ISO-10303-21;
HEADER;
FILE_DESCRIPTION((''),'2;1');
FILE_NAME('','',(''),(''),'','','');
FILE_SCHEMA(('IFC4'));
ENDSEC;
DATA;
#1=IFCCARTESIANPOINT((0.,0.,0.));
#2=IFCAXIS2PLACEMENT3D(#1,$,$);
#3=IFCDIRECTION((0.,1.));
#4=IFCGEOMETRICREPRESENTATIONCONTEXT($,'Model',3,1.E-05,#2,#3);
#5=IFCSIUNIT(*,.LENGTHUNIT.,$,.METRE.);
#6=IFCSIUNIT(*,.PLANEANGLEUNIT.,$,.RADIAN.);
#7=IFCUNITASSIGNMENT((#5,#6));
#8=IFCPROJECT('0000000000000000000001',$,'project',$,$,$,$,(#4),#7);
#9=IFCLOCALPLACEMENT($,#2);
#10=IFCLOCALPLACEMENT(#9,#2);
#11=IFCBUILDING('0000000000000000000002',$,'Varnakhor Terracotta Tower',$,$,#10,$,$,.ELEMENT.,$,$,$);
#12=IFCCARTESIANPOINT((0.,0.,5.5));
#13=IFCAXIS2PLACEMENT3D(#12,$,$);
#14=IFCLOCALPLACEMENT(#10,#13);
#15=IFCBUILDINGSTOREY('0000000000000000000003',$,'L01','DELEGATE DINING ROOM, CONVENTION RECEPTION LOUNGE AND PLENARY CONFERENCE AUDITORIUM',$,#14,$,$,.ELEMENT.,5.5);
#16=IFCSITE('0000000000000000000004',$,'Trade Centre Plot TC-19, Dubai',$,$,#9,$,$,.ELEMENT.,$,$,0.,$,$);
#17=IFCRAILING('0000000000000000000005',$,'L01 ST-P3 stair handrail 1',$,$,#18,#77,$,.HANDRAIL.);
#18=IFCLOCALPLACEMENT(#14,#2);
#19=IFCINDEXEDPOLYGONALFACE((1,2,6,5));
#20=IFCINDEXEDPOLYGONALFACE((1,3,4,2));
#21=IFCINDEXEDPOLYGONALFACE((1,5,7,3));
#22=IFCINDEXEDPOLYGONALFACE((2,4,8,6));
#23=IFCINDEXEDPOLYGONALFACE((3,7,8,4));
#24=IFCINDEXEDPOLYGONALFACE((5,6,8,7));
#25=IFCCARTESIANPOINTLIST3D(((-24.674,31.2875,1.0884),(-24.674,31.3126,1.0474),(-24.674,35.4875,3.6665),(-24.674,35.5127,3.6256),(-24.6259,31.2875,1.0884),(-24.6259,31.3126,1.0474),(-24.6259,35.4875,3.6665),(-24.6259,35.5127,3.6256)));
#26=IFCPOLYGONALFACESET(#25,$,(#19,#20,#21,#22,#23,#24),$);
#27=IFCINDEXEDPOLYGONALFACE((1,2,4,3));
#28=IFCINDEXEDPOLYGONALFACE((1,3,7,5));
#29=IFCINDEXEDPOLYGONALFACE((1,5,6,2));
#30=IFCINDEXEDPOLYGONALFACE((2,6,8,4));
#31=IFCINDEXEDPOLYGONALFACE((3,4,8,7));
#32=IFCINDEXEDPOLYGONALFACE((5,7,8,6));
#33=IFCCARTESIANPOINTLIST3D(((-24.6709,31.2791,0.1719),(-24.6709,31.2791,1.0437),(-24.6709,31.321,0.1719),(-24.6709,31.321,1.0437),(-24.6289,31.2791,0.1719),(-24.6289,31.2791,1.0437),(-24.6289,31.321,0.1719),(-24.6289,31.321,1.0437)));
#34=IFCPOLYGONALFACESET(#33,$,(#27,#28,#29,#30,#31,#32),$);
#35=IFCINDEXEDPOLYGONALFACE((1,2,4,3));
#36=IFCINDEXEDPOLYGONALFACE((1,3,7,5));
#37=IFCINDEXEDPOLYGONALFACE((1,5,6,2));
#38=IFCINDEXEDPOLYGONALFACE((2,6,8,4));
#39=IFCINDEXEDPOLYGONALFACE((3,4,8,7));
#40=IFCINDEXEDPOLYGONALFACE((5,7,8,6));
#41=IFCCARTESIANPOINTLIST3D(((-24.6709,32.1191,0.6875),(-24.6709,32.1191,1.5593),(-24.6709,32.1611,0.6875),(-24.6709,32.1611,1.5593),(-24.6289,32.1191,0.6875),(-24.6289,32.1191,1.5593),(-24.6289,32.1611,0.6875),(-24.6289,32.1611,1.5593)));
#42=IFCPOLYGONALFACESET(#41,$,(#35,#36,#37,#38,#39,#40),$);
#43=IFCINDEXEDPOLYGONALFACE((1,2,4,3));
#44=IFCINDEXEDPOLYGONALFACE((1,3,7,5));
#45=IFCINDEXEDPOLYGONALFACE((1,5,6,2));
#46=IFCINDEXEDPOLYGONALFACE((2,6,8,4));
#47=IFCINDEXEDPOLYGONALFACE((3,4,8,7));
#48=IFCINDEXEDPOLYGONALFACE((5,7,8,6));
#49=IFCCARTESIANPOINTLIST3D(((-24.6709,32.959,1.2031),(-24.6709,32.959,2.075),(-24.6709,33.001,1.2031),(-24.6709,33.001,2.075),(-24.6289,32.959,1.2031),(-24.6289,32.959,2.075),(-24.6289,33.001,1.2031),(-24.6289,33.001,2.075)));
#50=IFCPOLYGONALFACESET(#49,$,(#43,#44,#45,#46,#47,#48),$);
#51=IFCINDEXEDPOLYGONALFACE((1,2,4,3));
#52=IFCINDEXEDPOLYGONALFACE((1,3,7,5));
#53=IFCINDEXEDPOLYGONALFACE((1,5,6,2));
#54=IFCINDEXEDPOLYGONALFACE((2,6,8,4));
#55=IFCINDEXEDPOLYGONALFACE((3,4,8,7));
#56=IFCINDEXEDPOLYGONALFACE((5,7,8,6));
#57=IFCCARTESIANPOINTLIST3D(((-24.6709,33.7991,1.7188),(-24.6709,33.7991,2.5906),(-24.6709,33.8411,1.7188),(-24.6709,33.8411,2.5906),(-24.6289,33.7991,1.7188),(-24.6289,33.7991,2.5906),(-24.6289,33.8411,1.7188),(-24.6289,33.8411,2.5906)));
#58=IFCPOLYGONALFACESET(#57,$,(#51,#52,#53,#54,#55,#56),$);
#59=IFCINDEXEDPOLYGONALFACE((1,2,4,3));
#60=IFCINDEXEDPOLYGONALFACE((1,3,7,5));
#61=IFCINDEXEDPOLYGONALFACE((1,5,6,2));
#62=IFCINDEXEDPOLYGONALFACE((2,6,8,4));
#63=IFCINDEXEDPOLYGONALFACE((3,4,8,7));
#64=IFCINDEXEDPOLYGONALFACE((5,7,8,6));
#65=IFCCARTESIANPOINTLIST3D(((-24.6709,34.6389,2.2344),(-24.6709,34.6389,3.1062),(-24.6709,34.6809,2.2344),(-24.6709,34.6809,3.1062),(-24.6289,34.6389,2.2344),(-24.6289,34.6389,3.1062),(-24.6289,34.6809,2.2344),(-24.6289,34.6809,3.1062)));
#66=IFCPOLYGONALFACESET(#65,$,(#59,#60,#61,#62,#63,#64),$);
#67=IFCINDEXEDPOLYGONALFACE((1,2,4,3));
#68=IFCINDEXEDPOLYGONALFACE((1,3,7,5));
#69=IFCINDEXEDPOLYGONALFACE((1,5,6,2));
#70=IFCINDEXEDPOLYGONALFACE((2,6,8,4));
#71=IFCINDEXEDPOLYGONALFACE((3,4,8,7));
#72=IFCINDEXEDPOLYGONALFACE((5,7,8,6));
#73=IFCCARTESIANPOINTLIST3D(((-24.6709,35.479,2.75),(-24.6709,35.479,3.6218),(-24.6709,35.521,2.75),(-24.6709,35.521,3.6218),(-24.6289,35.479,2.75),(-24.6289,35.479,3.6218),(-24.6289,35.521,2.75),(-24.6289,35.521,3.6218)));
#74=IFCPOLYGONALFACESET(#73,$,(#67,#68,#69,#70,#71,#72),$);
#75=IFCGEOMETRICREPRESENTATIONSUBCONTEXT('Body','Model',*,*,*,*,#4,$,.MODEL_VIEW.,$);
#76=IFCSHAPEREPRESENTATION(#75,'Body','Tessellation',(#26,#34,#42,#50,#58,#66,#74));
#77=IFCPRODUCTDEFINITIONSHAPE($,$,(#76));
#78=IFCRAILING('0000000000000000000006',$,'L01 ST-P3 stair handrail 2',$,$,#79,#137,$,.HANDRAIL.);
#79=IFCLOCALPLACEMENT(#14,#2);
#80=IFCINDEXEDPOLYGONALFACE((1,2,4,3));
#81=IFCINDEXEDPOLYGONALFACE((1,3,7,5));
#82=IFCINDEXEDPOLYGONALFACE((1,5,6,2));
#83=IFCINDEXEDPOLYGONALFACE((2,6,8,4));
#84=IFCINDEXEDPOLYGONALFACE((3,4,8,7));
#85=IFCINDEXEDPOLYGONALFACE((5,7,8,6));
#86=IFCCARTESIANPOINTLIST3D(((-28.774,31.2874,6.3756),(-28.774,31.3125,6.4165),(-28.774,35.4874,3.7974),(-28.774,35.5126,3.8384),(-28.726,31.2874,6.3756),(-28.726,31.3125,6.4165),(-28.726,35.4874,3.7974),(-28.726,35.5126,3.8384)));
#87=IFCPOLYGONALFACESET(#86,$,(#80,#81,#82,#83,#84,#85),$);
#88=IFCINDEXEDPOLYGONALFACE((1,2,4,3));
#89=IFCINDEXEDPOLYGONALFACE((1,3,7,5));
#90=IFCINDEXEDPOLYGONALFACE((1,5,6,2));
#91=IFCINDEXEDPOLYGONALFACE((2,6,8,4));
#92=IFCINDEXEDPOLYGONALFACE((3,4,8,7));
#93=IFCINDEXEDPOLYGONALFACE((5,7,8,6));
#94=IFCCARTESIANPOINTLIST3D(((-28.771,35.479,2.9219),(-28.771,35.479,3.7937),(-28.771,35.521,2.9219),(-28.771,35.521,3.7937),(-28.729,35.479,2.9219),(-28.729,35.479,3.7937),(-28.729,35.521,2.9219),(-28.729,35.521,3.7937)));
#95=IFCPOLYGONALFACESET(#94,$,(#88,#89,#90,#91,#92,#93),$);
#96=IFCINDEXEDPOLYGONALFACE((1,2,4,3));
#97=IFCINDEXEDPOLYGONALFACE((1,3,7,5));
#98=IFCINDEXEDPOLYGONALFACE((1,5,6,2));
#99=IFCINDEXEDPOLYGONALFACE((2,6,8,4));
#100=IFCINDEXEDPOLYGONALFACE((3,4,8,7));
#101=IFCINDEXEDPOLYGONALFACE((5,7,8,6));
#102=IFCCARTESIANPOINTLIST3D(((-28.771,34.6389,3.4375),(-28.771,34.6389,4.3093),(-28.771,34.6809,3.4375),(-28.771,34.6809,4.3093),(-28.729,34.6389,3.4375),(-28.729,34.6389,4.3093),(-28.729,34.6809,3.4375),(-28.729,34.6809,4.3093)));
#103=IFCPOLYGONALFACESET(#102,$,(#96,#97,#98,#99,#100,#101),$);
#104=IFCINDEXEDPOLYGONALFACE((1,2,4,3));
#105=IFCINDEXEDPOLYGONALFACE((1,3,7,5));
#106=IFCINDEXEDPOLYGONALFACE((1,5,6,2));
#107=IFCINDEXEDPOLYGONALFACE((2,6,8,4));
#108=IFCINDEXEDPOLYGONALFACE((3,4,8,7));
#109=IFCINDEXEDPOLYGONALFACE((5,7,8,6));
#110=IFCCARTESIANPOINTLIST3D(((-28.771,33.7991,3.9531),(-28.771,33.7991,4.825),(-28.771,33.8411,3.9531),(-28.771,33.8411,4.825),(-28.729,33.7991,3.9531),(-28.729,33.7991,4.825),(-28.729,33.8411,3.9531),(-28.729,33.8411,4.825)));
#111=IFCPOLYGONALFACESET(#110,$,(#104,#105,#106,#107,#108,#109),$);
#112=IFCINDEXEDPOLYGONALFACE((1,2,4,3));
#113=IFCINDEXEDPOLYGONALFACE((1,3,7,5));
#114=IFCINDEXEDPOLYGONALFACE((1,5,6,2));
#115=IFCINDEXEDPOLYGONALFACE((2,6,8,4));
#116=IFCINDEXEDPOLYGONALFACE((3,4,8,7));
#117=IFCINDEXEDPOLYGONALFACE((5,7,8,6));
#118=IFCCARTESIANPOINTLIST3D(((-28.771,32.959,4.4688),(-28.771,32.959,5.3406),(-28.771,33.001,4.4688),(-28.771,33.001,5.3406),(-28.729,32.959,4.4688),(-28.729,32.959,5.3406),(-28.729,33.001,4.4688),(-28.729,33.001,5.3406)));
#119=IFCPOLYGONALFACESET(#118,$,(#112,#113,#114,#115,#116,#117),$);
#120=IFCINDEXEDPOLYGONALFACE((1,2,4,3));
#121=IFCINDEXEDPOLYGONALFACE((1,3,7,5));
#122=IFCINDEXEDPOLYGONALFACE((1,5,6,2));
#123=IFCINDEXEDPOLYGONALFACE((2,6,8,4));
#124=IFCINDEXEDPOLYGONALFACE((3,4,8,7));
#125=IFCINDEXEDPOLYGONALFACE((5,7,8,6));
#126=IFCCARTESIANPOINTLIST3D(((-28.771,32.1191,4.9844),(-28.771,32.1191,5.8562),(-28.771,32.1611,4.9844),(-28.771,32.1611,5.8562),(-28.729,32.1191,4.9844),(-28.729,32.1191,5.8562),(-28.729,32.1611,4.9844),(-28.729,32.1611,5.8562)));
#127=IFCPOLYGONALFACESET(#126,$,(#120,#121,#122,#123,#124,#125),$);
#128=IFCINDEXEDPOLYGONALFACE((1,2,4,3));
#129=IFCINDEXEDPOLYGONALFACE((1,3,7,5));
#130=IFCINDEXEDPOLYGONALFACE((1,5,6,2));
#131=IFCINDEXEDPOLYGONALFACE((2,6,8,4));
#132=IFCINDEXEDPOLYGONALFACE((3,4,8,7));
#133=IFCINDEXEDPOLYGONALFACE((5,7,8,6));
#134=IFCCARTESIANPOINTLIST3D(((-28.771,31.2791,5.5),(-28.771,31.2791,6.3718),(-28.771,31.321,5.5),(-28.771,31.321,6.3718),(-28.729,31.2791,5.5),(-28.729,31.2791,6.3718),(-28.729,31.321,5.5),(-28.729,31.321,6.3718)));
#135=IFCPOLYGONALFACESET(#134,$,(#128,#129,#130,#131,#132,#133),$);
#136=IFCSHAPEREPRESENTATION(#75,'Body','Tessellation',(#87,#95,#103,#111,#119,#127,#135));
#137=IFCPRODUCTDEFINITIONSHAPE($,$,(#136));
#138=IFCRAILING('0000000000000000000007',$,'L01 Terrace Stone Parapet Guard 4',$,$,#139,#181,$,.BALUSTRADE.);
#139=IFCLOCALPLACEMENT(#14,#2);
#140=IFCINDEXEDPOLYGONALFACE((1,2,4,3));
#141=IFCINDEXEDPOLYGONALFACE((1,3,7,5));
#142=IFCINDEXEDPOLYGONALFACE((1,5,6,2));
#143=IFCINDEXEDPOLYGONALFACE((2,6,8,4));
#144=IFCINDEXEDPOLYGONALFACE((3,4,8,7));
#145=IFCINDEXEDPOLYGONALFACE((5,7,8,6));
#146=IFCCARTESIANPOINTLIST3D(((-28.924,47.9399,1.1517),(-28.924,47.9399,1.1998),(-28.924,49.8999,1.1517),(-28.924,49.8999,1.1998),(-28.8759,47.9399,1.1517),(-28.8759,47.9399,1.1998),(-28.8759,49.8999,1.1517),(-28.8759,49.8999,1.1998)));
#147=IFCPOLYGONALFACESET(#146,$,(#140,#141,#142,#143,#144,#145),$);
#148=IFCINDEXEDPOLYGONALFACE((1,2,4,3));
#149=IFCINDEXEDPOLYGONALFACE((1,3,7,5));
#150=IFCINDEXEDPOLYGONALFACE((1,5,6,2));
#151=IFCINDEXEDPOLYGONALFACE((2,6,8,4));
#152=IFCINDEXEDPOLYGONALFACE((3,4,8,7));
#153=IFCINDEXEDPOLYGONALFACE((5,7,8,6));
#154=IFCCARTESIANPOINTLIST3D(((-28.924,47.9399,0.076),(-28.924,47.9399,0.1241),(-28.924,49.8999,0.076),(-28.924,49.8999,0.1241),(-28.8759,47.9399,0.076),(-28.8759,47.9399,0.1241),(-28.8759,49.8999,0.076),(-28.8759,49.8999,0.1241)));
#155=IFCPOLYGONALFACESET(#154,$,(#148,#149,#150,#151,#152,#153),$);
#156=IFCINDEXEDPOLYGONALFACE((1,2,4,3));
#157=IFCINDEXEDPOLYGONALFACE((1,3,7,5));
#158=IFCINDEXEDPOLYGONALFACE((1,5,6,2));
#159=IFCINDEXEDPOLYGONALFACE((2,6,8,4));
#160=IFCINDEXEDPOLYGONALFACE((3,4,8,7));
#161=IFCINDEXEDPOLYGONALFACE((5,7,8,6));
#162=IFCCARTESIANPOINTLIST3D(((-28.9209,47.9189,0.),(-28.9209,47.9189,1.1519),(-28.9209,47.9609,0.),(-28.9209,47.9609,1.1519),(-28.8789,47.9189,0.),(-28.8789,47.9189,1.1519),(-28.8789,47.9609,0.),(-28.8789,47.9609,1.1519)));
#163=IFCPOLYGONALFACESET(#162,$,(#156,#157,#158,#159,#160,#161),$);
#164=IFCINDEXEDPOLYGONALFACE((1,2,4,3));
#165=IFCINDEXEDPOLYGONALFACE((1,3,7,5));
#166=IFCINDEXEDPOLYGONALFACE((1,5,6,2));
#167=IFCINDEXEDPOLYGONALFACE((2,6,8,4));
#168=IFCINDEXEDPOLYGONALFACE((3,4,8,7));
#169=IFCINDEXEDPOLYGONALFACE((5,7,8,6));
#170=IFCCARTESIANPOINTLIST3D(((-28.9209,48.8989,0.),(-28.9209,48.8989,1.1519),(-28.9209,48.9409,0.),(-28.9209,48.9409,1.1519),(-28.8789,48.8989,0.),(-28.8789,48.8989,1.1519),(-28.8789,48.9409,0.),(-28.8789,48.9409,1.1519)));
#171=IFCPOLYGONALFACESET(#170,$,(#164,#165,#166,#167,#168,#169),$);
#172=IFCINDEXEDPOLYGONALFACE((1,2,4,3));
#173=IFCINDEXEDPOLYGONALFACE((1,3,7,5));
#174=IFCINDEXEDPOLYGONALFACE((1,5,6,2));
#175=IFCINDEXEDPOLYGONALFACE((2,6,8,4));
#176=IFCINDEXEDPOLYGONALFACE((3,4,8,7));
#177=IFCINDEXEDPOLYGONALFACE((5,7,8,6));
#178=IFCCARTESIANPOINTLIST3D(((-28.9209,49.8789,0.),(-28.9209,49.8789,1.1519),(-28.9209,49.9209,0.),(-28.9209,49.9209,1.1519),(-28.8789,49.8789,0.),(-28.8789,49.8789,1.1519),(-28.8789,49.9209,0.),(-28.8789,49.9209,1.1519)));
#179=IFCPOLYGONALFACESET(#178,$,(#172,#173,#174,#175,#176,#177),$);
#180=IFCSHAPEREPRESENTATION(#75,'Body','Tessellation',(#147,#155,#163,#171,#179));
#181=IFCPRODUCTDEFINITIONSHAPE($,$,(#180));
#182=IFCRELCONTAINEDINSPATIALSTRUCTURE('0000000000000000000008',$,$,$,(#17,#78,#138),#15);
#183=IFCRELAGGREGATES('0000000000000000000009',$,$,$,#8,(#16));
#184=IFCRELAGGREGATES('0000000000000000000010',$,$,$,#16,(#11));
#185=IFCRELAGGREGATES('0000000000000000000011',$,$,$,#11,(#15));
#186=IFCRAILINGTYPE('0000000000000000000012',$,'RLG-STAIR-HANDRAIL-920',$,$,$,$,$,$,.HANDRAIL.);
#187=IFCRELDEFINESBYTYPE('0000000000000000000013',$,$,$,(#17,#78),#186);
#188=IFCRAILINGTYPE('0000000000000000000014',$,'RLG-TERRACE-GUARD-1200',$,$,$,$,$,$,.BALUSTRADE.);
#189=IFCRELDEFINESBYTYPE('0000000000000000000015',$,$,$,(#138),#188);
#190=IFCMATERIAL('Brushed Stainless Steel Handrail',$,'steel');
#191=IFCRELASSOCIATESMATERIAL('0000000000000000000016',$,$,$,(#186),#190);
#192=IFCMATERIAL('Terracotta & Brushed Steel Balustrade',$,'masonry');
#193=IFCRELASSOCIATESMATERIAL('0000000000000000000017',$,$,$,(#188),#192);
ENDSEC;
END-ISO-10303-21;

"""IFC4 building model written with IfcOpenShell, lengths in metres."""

from ifc_helpers import new_model, si_unit, direction, frame, origin, origin_2d, place, context, subcontext, project, spatial, rectangle, extrude, material, type_object, element, save


model = new_model("IFC4")

# Units and contexts
model_context = context("Model", 3, precision=1e-05, world=origin(), true_north=direction((0.0, 1.0)))
body_context = subcontext(model_context, "Body", "Model", "MODEL_VIEW")
ifc_project = project(units=[si_unit("LENGTHUNIT", "METRE"), si_unit("PLANEANGLEUNIT", "RADIAN")], contexts=[model_context])

# Site, building, storey
site_placement = place(None, origin())
site = spatial("IfcSite", under=ifc_project, at=site_placement, Name="Trade Centre Plot TC-19, Dubai", CompositionType="ELEMENT", RefElevation=0.0)
building_placement = place(site_placement, origin())
building = spatial("IfcBuilding", under=site, at=building_placement, Name="Varnakhor Terracotta Tower", CompositionType="ELEMENT")
storey_placement = place(building_placement, frame((0.0, 0.0, 5.5)))
storey = spatial("IfcBuildingStorey", under=building, at=storey_placement, Name="L01", Description="DELEGATE DINING ROOM, CONVENTION RECEPTION LOUNGE AND PLENARY CONFERENCE AUDITORIUM", CompositionType="ELEMENT", Elevation=5.5)

# Railings
ifc_material_1 = material(Name="Brushed Stainless Steel Handrail", Category="steel")
railing_type_1 = type_object("IfcRailingType", Name="RLG-STAIR-HANDRAIL-920", PredefinedType="HANDRAIL", material=ifc_material_1)
railing_1_placement = place(storey_placement, frame((-24.6499, 31.3, 0.1719)))
element("IfcRailing", 1, at=railing_1_placement, inside=storey, type_object=railing_type_1, Name="L01 ST-P3 stair handrail 1", PredefinedType="HANDRAIL", context=body_context, shape_type="SweptSolid", body=[
    extrude(rectangle(XDim=0.0481, YDim=0.0481, at=origin_2d()), frame((0.0, 0.0, 0.896), z_axis=(0.0, 0.852243, 0.523146), x_axis=(-1.0, 0.0, 0.0)), (0.0, 0.0, 1.0), 4.9282),
    extrude(rectangle(XDim=0.042, YDim=0.042, at=origin_2d()), origin(), (0.0, 0.0, 1.0), 0.8718),
    extrude(rectangle(XDim=0.042, YDim=0.042, at=origin_2d()), frame((0.0, 0.8401, 0.5156)), (0.0, 0.0, 1.0), 0.8718),
    extrude(rectangle(XDim=0.042, YDim=0.042, at=origin_2d()), frame((0.0, 1.6799, 1.0312)), (0.0, 0.0, 1.0), 0.8718),
    extrude(rectangle(XDim=0.042, YDim=0.042, at=origin_2d()), frame((0.0, 2.52, 1.5469)), (0.0, 0.0, 1.0), 0.8718),
    extrude(rectangle(XDim=0.042, YDim=0.042, at=origin_2d()), frame((0.0, 3.3599, 2.0625)), (0.0, 0.0, 1.0), 0.8718),
    extrude(rectangle(XDim=0.042, YDim=0.042, at=origin_2d()), frame((0.0, 4.2, 2.5781)), (0.0, 0.0, 1.0), 0.8718),
])
railing_2_placement = place(storey_placement, frame((-28.75, 35.5, 2.9219)))
element("IfcRailing", 2, at=railing_2_placement, inside=storey, type_object=railing_type_1, Name="L01 ST-P3 stair handrail 2", PredefinedType="HANDRAIL", context=body_context, shape_type="SweptSolid", body=[
    extrude(rectangle(XDim=0.0481, YDim=0.0481, at=origin_2d()), frame((0.0, 0.0, 0.896), z_axis=(0.0, -0.852243, 0.523146), x_axis=(1.0, 0.0, 0.0)), (0.0, 0.0, 1.0), 4.9282),
    extrude(rectangle(XDim=0.042, YDim=0.042, at=origin_2d()), origin(), (0.0, 0.0, 1.0), 0.8718),
    extrude(rectangle(XDim=0.042, YDim=0.042, at=origin_2d()), frame((0.0, -0.8401, 0.5156)), (0.0, 0.0, 1.0), 0.8718),
    extrude(rectangle(XDim=0.042, YDim=0.042, at=origin_2d()), frame((0.0, -1.6799, 1.0312)), (0.0, 0.0, 1.0), 0.8718),
    extrude(rectangle(XDim=0.042, YDim=0.042, at=origin_2d()), frame((0.0, -2.52, 1.5469)), (0.0, 0.0, 1.0), 0.8718),
    extrude(rectangle(XDim=0.042, YDim=0.042, at=origin_2d()), frame((0.0, -3.3599, 2.0625)), (0.0, 0.0, 1.0), 0.8718),
    extrude(rectangle(XDim=0.042, YDim=0.042, at=origin_2d()), frame((0.0, -4.2, 2.5781)), (0.0, 0.0, 1.0), 0.8718),
])
ifc_material_2 = material(Name="Terracotta & Brushed Steel Balustrade", Category="masonry")
railing_type_2 = type_object("IfcRailingType", Name="RLG-TERRACE-GUARD-1200", PredefinedType="BALUSTRADE", material=ifc_material_2)
railing_3_placement = place(storey_placement, frame((-28.8999, 47.9399, 0.0)))
element("IfcRailing", 3, at=railing_3_placement, inside=storey, type_object=railing_type_2, Name="L01 Terrace Stone Parapet Guard 4", PredefinedType="BALUSTRADE", context=body_context, shape_type="SweptSolid", body=[
    extrude(rectangle(XDim=0.0481, YDim=0.0481, at=origin_2d()), frame((0.0, 0.0, 1.1758), z_axis=(0.0, 1.0, 0.0), x_axis=(-1.0, 0.0, 0.0)), (0.0, 0.0, 1.0), 1.96),
    extrude(rectangle(XDim=0.0481, YDim=0.0481, at=origin_2d()), frame((0.0, 0.0, 0.1001), z_axis=(0.0, 1.0, 0.0), x_axis=(-1.0, 0.0, 0.0)), (0.0, 0.0, 1.0), 1.96),
    extrude(rectangle(XDim=0.042, YDim=0.042, at=origin_2d()), origin(), (0.0, 0.0, 1.0), 1.1519),
    extrude(rectangle(XDim=0.042, YDim=0.042, at=origin_2d()), frame((0.0, 0.98, 0.0)), (0.0, 0.0, 1.0), 1.1519),
    extrude(rectangle(XDim=0.042, YDim=0.042, at=origin_2d()), frame((0.0, 1.96, 0.0)), (0.0, 0.0, 1.0), 1.1519),
])

save(model, "model.ifc")
